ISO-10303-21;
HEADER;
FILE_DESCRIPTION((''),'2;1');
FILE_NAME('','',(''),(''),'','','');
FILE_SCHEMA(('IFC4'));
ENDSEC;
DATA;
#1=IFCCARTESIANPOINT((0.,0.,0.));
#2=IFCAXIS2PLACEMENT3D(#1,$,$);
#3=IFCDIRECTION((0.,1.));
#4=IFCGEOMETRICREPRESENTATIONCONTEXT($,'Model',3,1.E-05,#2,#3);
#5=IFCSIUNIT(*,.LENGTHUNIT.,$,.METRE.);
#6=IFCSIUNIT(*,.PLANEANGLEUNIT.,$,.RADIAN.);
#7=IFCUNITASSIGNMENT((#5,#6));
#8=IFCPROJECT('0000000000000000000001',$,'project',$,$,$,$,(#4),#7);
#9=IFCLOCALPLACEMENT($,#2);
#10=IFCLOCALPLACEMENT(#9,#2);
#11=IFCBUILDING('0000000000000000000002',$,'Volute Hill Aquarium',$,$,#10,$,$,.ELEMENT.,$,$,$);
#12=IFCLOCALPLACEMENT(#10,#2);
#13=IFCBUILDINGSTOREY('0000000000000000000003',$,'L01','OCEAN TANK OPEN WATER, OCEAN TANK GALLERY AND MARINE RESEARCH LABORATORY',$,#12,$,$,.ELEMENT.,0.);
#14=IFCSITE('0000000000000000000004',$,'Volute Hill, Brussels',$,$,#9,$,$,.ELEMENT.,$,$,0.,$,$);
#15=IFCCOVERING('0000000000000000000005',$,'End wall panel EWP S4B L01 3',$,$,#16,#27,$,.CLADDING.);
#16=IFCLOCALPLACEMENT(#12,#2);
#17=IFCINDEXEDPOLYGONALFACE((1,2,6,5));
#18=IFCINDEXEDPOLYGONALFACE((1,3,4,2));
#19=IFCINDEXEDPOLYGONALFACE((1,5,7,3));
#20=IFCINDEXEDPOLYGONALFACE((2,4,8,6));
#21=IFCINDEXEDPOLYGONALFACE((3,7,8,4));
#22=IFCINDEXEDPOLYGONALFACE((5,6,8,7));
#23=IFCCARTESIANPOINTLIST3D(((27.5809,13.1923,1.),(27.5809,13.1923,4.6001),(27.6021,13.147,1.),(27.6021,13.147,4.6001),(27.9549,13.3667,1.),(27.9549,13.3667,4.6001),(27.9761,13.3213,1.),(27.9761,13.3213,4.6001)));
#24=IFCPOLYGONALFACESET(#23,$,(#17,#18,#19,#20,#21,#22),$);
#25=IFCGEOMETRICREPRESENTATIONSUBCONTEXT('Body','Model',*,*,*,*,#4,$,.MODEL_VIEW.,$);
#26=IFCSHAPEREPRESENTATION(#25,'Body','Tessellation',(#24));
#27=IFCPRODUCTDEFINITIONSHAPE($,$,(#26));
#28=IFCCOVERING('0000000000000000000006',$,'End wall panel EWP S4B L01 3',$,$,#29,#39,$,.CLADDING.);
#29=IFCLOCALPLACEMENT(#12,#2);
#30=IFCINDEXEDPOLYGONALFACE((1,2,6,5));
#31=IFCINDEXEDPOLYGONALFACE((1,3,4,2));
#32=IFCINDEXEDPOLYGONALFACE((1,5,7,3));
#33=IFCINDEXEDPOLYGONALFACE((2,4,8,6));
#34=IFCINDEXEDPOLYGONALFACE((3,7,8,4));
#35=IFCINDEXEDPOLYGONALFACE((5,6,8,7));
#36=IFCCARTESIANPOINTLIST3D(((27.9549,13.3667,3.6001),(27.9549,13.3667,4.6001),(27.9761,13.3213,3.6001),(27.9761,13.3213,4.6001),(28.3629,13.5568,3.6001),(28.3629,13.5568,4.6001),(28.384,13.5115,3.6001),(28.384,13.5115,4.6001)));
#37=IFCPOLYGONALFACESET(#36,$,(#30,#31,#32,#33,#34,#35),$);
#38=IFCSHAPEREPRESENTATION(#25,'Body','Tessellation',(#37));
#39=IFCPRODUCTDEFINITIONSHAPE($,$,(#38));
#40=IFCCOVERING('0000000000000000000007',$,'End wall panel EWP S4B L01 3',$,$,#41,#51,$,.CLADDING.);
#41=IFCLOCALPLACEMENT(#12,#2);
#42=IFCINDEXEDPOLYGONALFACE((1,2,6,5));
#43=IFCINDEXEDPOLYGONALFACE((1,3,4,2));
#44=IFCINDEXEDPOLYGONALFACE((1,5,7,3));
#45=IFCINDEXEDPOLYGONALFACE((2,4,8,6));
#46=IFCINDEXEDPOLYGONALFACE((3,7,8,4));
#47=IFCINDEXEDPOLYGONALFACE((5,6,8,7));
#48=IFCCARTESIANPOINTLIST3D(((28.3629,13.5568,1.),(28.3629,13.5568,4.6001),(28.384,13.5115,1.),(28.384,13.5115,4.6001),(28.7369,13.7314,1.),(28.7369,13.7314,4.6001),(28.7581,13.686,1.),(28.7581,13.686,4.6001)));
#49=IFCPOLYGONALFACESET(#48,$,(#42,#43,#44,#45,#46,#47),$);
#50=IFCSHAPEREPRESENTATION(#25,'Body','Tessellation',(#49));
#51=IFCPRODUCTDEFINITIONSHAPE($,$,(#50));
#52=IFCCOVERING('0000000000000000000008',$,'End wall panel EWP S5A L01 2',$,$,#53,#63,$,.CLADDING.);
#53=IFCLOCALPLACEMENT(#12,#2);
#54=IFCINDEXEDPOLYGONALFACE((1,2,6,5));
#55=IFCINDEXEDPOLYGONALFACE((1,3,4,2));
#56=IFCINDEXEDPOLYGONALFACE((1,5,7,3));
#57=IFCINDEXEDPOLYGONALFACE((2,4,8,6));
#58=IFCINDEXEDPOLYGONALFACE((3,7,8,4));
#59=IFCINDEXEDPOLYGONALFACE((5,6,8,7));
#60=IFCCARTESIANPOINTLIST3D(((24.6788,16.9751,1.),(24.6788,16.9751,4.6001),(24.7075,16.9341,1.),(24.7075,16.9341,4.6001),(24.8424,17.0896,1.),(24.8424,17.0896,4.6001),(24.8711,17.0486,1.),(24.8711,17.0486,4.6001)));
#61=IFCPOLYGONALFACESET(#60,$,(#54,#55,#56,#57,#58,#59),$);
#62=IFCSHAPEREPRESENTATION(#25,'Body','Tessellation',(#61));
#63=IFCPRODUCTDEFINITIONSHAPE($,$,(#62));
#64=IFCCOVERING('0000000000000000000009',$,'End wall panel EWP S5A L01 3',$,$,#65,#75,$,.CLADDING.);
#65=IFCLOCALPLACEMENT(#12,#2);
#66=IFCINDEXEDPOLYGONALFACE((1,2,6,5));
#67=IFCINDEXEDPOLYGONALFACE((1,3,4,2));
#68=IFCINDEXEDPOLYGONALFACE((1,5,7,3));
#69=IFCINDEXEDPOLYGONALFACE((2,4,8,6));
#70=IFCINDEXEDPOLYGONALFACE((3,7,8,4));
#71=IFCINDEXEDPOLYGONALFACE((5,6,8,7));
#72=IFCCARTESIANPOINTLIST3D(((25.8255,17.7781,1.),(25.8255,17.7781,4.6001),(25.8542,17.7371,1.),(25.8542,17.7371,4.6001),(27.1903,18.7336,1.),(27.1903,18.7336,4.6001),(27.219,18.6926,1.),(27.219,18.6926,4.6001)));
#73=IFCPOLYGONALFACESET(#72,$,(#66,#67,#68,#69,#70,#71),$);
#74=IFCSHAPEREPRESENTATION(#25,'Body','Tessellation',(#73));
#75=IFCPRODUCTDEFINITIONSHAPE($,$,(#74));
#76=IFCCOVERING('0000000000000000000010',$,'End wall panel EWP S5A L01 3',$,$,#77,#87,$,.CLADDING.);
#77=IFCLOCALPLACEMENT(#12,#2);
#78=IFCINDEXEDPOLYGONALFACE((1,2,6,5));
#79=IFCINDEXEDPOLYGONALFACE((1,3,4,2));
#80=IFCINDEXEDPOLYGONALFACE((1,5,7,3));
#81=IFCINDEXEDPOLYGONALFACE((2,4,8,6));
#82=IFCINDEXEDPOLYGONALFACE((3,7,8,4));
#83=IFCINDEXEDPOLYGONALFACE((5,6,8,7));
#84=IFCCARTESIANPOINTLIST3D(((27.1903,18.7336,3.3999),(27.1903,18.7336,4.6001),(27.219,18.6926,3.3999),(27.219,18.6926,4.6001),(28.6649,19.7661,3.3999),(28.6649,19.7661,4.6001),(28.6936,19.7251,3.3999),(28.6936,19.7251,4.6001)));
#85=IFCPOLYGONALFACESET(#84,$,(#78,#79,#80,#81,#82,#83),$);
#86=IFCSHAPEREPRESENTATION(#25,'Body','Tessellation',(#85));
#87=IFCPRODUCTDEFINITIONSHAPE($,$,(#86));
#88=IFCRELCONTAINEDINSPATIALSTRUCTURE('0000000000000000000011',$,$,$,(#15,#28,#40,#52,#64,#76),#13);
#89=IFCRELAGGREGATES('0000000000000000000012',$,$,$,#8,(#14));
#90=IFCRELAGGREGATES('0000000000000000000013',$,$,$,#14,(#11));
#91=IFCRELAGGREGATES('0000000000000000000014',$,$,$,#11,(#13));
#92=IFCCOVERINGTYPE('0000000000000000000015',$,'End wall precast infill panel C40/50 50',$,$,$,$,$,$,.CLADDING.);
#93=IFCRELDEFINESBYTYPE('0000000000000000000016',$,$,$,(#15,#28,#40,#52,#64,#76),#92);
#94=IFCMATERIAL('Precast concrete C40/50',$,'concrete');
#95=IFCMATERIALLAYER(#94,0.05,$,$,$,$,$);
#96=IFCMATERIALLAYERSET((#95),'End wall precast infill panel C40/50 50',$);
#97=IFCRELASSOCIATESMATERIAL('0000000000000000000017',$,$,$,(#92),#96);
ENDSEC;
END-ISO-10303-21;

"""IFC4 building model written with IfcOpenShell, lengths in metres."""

from ifc_helpers import new_model, si_unit, direction, frame, origin, place, context, subcontext, project, spatial, polyline, outline, extrude, material, layer, layer_set, type_object, element, save


model = new_model("IFC4")

# Units and contexts
model_context = context("Model", 3, precision=1e-05, world=origin(), true_north=direction((0.0, 1.0)))
body_context = subcontext(model_context, "Body", "Model", "MODEL_VIEW")
ifc_project = project(units=[si_unit("LENGTHUNIT", "METRE"), si_unit("PLANEANGLEUNIT", "RADIAN")], contexts=[model_context])

# Site, building, storey
site_placement = place(None, origin())
site = spatial("IfcSite", under=ifc_project, at=site_placement, Name="Volute Hill, Brussels", CompositionType="ELEMENT", RefElevation=0.0)
building_placement = place(site_placement, origin())
building = spatial("IfcBuilding", under=site, at=building_placement, Name="Volute Hill Aquarium", CompositionType="ELEMENT")
storey_placement = place(building_placement, origin())
storey = spatial("IfcBuildingStorey", under=building, at=storey_placement, Name="L01", Description="OCEAN TANK OPEN WATER, OCEAN TANK GALLERY AND MARINE RESEARCH LABORATORY", CompositionType="ELEMENT", Elevation=0.0)

# Coverings
ifc_material_1 = material(Name="Precast concrete C40/50", Category="concrete")
ifc_layer_1 = layer(ifc_material_1, 0.05)
ifc_layer_set_1 = layer_set([ifc_layer_1], Name="End wall precast infill panel C40/50 50")
covering_type_1 = type_object("IfcCoveringType", Name="End wall precast infill panel C40/50 50", PredefinedType="CLADDING", material=ifc_layer_set_1)
covering_1_placement = place(storey_placement, frame((27.6021, 13.147, 1.0), z_axis=(0.422432, -0.906395, 0.0), x_axis=(0.906395, 0.422432, 0.0)))
element("IfcCovering", 1, at=covering_1_placement, inside=storey, type_object=covering_type_1, Name="End wall panel EWP S4B L01 3", PredefinedType="CLADDING", context=body_context, shape_type="SweptSolid", body=[
    extrude(outline(polyline([(0.0, 0.0), (0.4126, 0.0), (0.4126, 3.6001), (0.0, 3.6001), (0.0, 0.0)])), origin(), (0.0, 0.0, -1.0), 0.05),
])
covering_2_placement = place(storey_placement, frame((27.9761, 13.3213, 3.6001), z_axis=(0.422529, -0.906349, 0.0), x_axis=(0.906349, 0.422529, 0.0)))
element("IfcCovering", 2, at=covering_2_placement, inside=storey, type_object=covering_type_1, Name="End wall panel EWP S4B L01 3", PredefinedType="CLADDING", context=body_context, shape_type="SweptSolid", body=[
    extrude(outline(polyline([(0.0, 0.0), (0.4501, 0.0), (0.4501, 1.0), (0.0, 1.0), (0.0, 0.0)])), origin(), (0.0, 0.0, -1.0), 0.05),
])
covering_3_placement = place(storey_placement, frame((28.384, 13.5115, 1.0), z_axis=(0.422918, -0.906168, 0.0), x_axis=(0.906168, 0.422918, 0.0)))
element("IfcCovering", 3, at=covering_3_placement, inside=storey, type_object=covering_type_1, Name="End wall panel EWP S4B L01 3", PredefinedType="CLADDING", context=body_context, shape_type="SweptSolid", body=[
    extrude(outline(polyline([(0.0, 0.0), (0.4128, 0.0), (0.4128, 3.6001), (0.0, 3.6001), (0.0, 0.0)])), origin(), (0.0, 0.0, -1.0), 0.05),
])
covering_4_placement = place(storey_placement, frame((24.7075, 16.9341, 1.0), z_axis=(0.573462, -0.819232, 0.0), x_axis=(0.819232, 0.573462, 0.0)))
element("IfcCovering", 4, at=covering_4_placement, inside=storey, type_object=covering_type_1, Name="End wall panel EWP S5A L01 2", PredefinedType="CLADDING", context=body_context, shape_type="SweptSolid", body=[
    extrude(outline(polyline([(0.0, 0.0), (0.1997, 0.0), (0.1997, 3.6001), (0.0, 3.6001), (0.0, 0.0)])), origin(), (0.0, 0.0, -1.0), 0.05),
])
covering_5_placement = place(storey_placement, frame((25.8542, 17.7371, 1.0), z_axis=(0.573561, -0.819163, 0.0), x_axis=(0.819163, 0.573561, 0.0)))
element("IfcCovering", 5, at=covering_5_placement, inside=storey, type_object=covering_type_1, Name="End wall panel EWP S5A L01 3", PredefinedType="CLADDING", context=body_context, shape_type="SweptSolid", body=[
    extrude(outline(polyline([(0.0, 0.0), (1.666, 0.0), (1.666, 3.6001), (0.0, 3.6001), (0.0, 0.0)])), origin(), (0.0, 0.0, -1.0), 0.05),
])
covering_6_placement = place(storey_placement, frame((27.219, 18.6926, 3.3999), z_axis=(0.573553, -0.819168, 0.0), x_axis=(0.819168, 0.573553, 0.0)))
element("IfcCovering", 6, at=covering_6_placement, inside=storey, type_object=covering_type_1, Name="End wall panel EWP S5A L01 3", PredefinedType="CLADDING", context=body_context, shape_type="SweptSolid", body=[
    extrude(outline(polyline([(0.0, 0.0), (1.8001, 0.0), (1.8001, 1.2002), (0.0, 1.2002), (0.0, 0.0)])), origin(), (0.0, 0.0, -1.0), 0.05),
])

save(model, "model.ifc")
